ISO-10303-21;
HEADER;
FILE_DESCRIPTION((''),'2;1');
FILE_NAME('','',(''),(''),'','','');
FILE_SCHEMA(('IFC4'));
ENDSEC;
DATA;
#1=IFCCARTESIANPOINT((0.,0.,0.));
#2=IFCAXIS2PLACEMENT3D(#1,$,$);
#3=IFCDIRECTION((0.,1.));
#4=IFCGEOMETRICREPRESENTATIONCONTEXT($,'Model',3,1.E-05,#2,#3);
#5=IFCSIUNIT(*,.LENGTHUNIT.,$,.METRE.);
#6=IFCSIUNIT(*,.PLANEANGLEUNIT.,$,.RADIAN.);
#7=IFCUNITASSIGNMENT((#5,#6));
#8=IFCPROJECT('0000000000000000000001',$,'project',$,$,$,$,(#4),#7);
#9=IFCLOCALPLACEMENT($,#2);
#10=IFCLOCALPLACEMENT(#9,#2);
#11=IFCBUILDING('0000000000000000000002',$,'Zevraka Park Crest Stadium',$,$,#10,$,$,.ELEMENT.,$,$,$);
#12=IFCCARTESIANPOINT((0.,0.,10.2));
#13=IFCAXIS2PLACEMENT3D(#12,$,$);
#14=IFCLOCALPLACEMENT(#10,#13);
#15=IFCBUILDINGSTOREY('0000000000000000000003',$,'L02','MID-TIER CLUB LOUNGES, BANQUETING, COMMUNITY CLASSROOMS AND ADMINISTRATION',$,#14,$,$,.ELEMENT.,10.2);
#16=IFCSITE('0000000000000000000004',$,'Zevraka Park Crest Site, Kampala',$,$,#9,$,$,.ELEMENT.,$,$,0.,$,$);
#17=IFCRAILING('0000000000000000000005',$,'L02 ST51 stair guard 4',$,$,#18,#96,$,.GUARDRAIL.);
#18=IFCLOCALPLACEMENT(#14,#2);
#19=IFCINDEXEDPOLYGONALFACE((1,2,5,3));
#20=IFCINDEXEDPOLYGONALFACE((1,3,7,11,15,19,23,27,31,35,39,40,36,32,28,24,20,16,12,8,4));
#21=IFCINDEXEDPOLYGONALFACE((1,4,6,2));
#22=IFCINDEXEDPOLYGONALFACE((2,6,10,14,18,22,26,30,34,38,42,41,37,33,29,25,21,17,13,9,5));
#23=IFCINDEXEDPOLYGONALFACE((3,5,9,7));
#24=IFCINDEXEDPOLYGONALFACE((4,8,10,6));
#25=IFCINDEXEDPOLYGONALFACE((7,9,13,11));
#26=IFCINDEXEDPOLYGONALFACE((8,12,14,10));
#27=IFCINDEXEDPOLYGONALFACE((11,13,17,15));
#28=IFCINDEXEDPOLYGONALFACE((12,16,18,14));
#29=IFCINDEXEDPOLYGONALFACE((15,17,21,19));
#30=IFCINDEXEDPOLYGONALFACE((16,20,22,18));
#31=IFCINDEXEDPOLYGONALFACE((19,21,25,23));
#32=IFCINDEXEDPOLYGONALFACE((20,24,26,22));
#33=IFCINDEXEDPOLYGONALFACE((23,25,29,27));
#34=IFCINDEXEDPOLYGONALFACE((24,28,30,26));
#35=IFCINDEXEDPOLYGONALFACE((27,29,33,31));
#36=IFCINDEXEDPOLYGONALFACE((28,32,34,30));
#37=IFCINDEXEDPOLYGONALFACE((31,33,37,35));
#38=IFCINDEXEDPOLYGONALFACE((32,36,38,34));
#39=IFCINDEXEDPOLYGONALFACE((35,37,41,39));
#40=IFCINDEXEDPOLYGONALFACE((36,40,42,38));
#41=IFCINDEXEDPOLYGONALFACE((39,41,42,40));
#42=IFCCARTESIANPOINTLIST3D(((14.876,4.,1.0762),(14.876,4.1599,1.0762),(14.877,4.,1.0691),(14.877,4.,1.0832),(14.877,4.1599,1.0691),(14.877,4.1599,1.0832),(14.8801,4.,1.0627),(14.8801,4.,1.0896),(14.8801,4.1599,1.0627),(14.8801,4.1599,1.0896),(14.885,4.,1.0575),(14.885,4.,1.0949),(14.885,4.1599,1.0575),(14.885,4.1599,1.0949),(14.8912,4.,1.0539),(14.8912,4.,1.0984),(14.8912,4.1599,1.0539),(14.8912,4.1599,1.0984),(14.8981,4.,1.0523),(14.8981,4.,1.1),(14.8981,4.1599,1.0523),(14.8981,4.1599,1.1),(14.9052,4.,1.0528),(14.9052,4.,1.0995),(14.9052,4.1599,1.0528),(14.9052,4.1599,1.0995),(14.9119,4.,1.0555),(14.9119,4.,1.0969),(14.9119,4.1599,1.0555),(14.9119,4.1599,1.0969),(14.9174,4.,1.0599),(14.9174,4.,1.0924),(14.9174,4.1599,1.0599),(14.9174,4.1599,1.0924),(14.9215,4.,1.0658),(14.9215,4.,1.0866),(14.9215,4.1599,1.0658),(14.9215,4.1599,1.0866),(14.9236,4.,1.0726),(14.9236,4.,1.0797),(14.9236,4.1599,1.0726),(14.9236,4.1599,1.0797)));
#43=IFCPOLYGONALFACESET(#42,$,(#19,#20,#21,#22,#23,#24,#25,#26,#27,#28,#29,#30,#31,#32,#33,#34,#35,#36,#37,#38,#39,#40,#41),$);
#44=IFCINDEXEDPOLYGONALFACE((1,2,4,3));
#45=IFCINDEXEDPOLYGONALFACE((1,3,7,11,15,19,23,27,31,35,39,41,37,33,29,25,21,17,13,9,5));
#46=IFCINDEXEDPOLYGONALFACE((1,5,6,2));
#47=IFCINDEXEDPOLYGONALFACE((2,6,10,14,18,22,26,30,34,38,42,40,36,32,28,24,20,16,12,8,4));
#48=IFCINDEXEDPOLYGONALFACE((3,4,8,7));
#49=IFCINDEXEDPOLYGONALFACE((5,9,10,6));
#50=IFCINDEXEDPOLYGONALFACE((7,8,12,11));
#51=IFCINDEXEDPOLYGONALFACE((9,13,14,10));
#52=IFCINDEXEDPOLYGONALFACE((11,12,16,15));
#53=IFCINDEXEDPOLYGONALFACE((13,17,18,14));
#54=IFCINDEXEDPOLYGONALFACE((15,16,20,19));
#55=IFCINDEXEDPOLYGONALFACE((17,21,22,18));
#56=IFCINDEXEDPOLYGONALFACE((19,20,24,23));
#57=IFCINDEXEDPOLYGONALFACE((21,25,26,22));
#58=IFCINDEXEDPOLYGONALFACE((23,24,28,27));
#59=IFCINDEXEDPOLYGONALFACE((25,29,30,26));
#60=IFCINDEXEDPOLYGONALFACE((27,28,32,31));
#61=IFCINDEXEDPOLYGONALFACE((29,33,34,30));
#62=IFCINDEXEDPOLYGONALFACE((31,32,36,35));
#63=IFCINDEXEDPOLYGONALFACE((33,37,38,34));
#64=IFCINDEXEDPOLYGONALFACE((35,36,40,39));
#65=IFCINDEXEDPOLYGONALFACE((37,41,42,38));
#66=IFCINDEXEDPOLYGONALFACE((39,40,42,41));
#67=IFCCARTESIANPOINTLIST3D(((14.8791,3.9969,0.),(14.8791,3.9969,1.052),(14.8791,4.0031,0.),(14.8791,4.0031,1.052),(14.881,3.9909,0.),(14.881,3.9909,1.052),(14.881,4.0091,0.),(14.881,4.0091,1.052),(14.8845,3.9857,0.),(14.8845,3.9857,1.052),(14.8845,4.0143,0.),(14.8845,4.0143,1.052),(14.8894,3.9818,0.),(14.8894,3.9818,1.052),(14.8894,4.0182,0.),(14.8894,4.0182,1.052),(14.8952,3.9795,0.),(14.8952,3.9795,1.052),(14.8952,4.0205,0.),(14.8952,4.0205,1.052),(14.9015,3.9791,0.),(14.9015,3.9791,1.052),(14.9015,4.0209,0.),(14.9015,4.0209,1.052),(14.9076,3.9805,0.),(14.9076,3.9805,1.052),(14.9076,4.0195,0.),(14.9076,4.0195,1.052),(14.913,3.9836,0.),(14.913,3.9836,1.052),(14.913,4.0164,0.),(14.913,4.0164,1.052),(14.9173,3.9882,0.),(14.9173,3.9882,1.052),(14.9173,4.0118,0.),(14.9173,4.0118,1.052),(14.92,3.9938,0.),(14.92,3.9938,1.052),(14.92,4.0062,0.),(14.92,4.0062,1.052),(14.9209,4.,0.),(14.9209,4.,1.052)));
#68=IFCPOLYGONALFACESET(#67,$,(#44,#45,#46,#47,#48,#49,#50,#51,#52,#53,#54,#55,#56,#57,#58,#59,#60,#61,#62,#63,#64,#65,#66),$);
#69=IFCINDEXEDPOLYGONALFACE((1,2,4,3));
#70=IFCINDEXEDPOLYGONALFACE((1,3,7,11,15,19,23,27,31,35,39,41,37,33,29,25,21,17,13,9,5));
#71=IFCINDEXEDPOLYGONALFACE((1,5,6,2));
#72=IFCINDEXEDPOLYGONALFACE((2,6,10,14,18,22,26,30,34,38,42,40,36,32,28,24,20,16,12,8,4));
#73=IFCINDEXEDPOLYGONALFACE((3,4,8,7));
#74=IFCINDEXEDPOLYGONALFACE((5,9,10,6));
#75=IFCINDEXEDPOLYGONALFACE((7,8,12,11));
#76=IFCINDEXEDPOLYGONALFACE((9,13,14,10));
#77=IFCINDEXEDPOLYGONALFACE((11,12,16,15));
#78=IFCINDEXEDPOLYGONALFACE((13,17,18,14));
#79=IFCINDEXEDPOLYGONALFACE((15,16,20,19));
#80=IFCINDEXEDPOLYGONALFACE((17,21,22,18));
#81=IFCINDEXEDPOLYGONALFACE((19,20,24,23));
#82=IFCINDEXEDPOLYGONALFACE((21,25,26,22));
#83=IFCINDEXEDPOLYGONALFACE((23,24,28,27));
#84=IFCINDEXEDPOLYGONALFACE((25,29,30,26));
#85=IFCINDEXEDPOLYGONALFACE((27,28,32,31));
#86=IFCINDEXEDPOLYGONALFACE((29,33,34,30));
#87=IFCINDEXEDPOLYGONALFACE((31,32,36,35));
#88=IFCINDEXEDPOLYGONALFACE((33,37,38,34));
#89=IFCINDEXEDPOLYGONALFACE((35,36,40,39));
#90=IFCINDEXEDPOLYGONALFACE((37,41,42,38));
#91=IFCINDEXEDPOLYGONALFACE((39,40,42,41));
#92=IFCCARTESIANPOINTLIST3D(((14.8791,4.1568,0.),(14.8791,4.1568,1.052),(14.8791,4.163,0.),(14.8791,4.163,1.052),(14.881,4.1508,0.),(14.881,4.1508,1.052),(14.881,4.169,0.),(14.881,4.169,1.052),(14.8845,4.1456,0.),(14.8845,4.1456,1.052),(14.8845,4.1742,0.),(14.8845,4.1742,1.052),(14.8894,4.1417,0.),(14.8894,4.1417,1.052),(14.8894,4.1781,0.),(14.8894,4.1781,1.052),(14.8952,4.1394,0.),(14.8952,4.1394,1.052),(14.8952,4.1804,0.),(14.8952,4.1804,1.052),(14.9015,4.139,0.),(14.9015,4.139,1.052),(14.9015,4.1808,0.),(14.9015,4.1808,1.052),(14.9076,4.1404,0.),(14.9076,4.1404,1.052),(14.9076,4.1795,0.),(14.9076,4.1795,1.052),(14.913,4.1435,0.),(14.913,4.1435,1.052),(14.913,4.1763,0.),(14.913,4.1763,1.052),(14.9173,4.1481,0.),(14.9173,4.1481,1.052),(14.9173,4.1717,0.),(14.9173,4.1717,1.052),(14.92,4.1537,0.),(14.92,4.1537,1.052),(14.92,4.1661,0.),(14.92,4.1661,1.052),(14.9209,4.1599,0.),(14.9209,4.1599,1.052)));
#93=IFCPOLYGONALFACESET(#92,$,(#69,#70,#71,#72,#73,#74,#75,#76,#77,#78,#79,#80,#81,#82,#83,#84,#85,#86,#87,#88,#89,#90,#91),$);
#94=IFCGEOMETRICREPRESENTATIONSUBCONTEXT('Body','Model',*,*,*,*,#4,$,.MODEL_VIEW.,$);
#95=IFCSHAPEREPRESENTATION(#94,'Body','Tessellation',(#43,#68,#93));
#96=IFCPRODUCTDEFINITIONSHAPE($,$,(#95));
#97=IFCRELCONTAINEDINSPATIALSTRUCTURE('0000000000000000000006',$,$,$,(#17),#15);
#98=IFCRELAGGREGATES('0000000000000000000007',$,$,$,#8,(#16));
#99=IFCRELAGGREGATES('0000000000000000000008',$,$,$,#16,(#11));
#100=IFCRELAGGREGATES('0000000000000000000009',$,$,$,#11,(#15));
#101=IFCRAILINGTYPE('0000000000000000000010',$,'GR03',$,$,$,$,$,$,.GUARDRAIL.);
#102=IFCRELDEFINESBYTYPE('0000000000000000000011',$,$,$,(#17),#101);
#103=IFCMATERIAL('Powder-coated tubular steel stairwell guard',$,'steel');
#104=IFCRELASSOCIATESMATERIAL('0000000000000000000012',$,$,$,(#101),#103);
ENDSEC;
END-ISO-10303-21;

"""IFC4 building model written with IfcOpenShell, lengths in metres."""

from ifc_helpers import new_model, si_unit, direction, frame, origin, origin_2d, place, context, subcontext, project, spatial, circle, extrude, material, type_object, element, save


model = new_model("IFC4")

# Units and contexts
model_context = context("Model", 3, precision=1e-05, world=origin(), true_north=direction((0.0, 1.0)))
body_context = subcontext(model_context, "Body", "Model", "MODEL_VIEW")
ifc_project = project(units=[si_unit("LENGTHUNIT", "METRE"), si_unit("PLANEANGLEUNIT", "RADIAN")], contexts=[model_context])

# Site, building, storey
site_placement = place(None, origin())
site = spatial("IfcSite", under=ifc_project, at=site_placement, Name="Zevraka Park Crest Site, Kampala", CompositionType="ELEMENT", RefElevation=0.0)
building_placement = place(site_placement, origin())
building = spatial("IfcBuilding", under=site, at=building_placement, Name="Zevraka Park Crest Stadium", CompositionType="ELEMENT")
storey_placement = place(building_placement, frame((0.0, 0.0, 10.2)))
storey = spatial("IfcBuildingStorey", under=building, at=storey_placement, Name="L02", Description="MID-TIER CLUB LOUNGES, BANQUETING, COMMUNITY CLASSROOMS AND ADMINISTRATION", CompositionType="ELEMENT", Elevation=10.2)

# Railing
ifc_material_1 = material(Name="Powder-coated tubular steel stairwell guard", Category="steel")
railing_type_1 = type_object("IfcRailingType", Name="GR03", PredefinedType="GUARDRAIL", material=ifc_material_1)
railing_1_placement = place(storey_placement, frame((14.8999, 4.0, 0.0)))
element("IfcRailing", 1, at=railing_1_placement, inside=storey, type_object=railing_type_1, Name="L02 ST51 stair guard 4", PredefinedType="GUARDRAIL", context=body_context, shape_type="SweptSolid", body=[
    extrude(circle(Radius=0.0239, at=origin_2d()), frame((0.0, 0.0, 1.0762), z_axis=(0.0, 1.0, 0.0), x_axis=(-1.0, 0.0, 0.0)), (0.0, 0.0, 1.0), 0.1599),
    extrude(circle(Radius=0.021, at=origin_2d()), origin(), (0.0, 0.0, 1.0), 1.052),
    extrude(circle(Radius=0.021, at=origin_2d()), frame((0.0, 0.1599, 0.0)), (0.0, 0.0, 1.0), 1.052),
])

save(model, "model.ifc")
